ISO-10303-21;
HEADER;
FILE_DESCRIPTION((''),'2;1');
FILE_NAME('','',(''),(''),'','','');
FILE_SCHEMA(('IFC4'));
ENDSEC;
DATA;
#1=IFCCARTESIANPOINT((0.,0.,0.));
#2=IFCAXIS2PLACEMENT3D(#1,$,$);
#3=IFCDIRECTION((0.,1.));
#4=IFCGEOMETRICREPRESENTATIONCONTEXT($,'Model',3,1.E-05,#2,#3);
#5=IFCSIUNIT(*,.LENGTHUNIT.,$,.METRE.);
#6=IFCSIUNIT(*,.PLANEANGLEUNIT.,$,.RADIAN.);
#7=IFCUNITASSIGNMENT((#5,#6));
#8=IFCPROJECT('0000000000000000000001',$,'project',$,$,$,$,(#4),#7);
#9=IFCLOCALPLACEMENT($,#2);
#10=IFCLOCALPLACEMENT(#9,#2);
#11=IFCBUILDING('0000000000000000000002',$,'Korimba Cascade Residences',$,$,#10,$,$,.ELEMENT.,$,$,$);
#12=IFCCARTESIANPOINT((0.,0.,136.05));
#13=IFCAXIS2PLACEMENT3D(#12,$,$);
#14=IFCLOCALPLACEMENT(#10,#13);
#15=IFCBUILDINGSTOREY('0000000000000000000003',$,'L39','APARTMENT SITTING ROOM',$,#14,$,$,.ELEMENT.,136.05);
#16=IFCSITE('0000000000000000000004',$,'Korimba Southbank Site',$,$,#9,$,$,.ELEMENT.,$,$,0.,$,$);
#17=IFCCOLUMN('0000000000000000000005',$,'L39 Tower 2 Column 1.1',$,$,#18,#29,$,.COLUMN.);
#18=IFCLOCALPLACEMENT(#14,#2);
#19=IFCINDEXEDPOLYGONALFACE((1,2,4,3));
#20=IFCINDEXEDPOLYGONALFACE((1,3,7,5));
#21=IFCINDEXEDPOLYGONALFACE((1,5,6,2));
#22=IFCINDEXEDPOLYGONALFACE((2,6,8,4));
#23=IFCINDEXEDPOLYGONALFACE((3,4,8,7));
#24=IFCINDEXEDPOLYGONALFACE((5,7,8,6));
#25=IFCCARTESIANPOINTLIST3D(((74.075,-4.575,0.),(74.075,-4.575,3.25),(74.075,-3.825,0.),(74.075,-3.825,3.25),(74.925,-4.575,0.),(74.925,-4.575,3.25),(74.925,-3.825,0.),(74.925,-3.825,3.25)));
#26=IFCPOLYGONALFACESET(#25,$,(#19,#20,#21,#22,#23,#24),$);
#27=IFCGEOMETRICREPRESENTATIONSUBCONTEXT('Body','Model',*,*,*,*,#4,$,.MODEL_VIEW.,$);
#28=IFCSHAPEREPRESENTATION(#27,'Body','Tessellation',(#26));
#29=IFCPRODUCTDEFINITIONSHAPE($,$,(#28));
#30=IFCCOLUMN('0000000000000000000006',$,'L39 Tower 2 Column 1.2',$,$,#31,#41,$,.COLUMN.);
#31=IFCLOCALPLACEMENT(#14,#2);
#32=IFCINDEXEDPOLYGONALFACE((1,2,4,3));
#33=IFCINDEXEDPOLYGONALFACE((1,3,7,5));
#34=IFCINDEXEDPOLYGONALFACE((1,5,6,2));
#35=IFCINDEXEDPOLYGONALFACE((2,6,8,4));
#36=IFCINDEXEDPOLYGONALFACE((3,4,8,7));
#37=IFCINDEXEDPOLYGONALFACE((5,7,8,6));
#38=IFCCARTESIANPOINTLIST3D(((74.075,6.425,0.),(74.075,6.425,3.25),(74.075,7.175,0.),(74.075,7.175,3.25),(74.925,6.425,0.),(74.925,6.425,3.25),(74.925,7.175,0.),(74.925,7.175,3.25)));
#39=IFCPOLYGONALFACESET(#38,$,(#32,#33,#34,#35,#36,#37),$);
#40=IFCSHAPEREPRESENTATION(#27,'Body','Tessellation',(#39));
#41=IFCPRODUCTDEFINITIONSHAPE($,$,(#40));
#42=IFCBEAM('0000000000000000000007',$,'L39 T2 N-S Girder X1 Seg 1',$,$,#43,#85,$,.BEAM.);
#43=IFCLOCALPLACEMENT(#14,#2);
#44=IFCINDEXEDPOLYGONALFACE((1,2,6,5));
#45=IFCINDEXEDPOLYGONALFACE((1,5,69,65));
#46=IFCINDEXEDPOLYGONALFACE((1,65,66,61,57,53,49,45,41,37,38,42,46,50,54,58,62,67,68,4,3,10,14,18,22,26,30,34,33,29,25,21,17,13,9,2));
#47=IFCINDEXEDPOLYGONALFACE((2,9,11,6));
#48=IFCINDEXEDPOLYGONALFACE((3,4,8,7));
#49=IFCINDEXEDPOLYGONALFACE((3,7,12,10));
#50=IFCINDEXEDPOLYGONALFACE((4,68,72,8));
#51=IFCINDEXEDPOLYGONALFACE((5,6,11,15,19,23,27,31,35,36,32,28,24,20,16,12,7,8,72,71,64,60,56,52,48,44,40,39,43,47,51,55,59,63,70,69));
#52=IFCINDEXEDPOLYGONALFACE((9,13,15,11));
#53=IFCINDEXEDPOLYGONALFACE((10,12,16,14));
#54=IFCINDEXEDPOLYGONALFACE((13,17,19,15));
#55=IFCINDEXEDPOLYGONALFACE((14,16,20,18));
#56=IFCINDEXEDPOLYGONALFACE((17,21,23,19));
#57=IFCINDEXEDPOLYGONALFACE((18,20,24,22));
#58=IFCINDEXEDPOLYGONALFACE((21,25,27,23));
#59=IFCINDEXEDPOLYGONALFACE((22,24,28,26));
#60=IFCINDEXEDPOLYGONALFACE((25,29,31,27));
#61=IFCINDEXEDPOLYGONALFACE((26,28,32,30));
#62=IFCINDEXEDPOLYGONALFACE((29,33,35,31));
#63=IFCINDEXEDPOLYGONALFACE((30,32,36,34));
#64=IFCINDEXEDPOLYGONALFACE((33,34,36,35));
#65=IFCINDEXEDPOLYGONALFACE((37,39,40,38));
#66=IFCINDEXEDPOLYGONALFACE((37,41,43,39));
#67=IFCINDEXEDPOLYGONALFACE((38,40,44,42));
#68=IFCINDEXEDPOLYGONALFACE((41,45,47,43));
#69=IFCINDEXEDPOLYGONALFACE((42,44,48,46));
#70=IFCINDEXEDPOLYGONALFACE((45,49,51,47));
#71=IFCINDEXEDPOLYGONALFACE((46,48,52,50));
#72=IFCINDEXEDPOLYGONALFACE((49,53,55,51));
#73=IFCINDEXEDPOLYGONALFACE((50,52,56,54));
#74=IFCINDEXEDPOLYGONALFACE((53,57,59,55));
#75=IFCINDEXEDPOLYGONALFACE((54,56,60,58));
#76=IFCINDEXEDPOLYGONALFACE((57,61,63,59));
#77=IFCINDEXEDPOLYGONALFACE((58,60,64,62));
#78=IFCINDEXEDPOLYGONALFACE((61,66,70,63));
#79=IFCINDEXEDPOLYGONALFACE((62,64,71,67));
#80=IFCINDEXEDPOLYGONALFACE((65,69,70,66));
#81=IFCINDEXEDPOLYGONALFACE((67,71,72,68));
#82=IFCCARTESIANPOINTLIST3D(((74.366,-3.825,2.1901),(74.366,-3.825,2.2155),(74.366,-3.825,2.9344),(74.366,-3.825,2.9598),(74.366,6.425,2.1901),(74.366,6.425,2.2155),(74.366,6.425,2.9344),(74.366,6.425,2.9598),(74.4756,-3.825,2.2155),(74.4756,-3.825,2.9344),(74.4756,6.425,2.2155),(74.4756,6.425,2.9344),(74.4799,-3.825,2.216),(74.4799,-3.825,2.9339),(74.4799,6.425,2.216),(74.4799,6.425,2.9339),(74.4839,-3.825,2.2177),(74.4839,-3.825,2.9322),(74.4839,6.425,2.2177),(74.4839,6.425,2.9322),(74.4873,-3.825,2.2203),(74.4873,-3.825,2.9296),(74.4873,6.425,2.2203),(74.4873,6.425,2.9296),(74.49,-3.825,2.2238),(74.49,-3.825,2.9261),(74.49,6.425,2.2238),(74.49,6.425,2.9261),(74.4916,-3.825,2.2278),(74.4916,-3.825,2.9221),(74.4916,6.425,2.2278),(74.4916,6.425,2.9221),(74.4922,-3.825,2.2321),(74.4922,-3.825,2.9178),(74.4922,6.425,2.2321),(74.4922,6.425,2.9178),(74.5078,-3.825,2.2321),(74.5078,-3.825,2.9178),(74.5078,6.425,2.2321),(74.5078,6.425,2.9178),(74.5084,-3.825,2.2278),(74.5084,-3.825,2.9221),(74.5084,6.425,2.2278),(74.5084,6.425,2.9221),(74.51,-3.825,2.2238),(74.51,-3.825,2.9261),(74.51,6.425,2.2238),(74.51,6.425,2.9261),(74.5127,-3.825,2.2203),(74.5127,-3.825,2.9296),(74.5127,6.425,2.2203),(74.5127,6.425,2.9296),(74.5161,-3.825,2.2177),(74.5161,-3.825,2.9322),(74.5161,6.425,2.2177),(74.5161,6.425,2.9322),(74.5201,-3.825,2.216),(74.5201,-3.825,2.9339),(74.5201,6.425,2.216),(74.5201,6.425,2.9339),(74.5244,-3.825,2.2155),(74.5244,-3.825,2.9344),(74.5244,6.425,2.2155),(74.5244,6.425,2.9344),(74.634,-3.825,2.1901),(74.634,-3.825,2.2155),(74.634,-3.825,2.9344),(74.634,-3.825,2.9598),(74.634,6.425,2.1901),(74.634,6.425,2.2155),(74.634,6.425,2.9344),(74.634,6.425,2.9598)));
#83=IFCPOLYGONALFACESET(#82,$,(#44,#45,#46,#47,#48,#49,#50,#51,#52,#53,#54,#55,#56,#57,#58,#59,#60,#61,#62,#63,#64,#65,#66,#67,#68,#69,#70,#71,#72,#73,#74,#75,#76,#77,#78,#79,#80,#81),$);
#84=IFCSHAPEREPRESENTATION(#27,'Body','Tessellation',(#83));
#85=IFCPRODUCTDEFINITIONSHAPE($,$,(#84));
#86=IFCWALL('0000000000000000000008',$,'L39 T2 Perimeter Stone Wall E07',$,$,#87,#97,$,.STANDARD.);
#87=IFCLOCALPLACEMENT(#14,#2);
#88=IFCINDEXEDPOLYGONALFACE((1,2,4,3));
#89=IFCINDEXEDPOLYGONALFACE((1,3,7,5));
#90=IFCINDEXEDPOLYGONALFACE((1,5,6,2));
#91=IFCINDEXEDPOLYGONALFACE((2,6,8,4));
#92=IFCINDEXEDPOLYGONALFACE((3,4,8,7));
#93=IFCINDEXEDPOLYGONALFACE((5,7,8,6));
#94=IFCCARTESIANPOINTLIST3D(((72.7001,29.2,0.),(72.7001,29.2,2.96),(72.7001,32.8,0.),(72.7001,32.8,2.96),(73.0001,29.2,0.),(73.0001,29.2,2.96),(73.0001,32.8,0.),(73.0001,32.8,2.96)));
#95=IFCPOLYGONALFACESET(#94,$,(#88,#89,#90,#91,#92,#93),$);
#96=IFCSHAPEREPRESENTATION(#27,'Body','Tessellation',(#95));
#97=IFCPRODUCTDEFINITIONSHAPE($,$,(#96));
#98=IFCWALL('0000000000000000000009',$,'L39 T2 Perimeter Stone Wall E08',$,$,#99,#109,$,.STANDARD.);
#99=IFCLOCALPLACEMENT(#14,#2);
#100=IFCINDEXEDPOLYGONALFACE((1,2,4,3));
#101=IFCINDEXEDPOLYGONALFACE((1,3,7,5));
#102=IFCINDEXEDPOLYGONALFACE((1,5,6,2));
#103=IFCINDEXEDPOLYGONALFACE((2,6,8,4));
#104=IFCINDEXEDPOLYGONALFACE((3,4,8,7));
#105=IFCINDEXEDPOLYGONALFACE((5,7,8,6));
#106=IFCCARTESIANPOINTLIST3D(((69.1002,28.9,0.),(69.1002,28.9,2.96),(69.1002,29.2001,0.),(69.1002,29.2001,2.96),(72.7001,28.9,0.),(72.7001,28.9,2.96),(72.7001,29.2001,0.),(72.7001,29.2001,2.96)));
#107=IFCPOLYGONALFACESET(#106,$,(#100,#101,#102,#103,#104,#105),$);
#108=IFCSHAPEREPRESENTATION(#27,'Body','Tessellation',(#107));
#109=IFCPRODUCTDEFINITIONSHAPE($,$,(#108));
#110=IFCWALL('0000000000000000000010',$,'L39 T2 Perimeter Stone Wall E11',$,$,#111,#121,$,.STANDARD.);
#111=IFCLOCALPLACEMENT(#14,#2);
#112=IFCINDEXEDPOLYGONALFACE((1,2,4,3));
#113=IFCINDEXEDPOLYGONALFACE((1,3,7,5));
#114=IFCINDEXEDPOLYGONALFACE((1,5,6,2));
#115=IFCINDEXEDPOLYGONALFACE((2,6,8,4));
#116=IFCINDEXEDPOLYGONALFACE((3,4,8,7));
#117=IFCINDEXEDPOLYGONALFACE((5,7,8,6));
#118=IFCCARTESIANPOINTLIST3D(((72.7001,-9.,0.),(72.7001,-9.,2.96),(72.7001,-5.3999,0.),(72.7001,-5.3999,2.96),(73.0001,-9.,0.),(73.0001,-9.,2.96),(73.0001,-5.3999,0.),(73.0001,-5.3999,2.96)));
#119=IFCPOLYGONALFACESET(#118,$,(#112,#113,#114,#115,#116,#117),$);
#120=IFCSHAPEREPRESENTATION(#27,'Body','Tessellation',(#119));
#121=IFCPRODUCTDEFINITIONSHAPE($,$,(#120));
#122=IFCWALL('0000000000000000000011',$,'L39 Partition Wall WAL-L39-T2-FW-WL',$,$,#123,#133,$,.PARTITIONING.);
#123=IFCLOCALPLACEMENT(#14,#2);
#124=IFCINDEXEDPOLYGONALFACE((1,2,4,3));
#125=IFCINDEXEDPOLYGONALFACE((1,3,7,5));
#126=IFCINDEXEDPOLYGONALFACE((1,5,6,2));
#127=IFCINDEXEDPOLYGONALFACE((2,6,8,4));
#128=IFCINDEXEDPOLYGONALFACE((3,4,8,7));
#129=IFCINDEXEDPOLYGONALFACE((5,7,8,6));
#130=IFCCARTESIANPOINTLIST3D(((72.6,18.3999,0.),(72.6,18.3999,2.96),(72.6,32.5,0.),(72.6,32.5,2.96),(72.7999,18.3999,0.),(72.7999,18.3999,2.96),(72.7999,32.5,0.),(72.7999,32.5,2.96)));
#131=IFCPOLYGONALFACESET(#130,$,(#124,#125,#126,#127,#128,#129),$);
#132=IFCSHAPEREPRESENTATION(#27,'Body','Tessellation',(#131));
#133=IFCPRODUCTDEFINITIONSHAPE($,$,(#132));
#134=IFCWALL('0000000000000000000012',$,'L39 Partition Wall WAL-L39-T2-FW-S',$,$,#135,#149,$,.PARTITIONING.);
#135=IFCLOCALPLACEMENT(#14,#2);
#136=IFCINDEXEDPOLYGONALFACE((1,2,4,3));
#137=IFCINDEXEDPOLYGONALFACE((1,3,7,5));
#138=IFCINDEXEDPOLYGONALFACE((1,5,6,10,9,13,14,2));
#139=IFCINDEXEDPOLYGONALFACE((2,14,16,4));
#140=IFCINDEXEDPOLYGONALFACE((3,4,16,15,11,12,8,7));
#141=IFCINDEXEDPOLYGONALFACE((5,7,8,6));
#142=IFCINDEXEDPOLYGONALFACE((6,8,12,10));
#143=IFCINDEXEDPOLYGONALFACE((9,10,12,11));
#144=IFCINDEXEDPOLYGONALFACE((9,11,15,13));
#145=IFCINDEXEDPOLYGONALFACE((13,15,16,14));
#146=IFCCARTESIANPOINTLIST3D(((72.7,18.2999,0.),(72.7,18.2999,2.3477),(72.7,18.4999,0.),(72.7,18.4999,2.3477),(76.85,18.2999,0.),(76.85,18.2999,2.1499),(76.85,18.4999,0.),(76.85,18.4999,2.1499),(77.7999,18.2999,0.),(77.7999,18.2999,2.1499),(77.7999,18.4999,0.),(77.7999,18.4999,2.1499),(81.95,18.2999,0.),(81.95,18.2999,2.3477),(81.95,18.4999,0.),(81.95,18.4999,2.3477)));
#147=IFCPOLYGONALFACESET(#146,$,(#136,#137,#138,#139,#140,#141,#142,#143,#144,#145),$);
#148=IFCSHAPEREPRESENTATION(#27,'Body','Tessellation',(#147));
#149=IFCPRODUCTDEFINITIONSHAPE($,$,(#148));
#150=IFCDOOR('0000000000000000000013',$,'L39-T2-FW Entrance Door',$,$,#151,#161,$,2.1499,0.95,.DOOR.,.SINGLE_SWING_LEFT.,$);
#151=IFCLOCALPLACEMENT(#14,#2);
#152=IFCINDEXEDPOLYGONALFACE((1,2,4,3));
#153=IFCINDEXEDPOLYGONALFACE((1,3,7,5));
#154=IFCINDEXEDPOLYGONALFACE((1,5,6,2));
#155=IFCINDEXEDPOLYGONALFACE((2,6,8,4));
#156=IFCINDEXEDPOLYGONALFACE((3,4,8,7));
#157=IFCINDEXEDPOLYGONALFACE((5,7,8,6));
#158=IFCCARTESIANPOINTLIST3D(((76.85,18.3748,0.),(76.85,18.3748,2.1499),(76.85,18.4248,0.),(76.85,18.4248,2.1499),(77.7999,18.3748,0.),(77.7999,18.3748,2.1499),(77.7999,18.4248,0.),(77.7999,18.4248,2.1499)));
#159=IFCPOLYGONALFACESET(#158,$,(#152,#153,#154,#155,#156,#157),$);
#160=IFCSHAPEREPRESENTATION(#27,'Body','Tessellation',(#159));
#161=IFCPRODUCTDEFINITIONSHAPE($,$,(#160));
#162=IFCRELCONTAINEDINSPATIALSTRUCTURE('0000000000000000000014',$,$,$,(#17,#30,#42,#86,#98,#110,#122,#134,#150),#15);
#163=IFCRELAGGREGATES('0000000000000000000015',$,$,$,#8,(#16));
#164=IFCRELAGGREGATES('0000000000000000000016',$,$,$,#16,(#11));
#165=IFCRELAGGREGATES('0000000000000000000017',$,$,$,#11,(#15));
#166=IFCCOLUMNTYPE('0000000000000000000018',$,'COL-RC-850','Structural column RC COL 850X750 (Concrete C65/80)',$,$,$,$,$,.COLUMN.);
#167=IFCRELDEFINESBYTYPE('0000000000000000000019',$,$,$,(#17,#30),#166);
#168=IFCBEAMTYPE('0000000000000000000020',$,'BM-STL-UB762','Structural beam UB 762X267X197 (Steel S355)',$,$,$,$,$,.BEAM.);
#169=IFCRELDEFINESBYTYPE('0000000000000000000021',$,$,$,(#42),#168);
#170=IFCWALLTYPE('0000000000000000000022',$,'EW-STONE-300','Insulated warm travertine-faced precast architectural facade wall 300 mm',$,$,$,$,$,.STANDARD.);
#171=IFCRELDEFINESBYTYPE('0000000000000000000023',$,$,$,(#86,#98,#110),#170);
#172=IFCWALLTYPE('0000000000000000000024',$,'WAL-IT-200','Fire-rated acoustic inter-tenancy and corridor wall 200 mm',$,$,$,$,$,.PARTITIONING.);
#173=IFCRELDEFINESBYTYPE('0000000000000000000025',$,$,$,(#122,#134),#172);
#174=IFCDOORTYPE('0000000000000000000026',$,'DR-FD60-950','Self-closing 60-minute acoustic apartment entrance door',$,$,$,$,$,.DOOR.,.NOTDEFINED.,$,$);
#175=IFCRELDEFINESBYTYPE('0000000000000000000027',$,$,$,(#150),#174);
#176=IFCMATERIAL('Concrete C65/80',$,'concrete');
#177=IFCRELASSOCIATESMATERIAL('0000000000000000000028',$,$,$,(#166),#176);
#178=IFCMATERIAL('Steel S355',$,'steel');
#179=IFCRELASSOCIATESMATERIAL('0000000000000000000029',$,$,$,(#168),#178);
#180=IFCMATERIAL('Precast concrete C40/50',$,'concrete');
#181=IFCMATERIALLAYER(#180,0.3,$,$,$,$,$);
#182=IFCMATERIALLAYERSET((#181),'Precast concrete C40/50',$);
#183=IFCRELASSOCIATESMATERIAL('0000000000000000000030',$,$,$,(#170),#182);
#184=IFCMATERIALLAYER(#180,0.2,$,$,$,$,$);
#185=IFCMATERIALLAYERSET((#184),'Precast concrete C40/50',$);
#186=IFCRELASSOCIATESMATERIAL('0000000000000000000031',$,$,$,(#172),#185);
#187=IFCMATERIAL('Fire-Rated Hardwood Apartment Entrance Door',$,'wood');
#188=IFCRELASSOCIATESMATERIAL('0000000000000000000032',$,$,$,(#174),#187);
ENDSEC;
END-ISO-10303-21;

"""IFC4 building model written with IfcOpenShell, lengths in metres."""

from ifc_helpers import new_model, si_unit, direction, frame, frame_2d, origin, origin_2d, place, context, subcontext, project, spatial, rectangle, i_section, extrude, material, layer, layer_set, material_profile, profile_set, type_object, element, fill, save


model = new_model("IFC4")

# Units and contexts
model_context = context("Model", 3, precision=1e-05, world=origin(), true_north=direction((0.0, 1.0)))
body_context = subcontext(model_context, "Body", "Model", "MODEL_VIEW")
ifc_project = project(units=[si_unit("LENGTHUNIT", "METRE"), si_unit("PLANEANGLEUNIT", "RADIAN")], contexts=[model_context])

# Site, building, storey
site_placement = place(None, origin())
site = spatial("IfcSite", under=ifc_project, at=site_placement, Name="Korimba Southbank Site", CompositionType="ELEMENT", RefElevation=0.0)
building_placement = place(site_placement, origin())
building = spatial("IfcBuilding", under=site, at=building_placement, Name="Korimba Cascade Residences", CompositionType="ELEMENT")
storey_placement = place(building_placement, frame((0.0, 0.0, 136.05)))
storey = spatial("IfcBuildingStorey", under=building, at=storey_placement, Name="L39", Description="APARTMENT SITTING ROOM", CompositionType="ELEMENT", Elevation=136.05)

# Columns
ifc_material_1 = material(Name="Concrete C65/80", Category="concrete")
ifc_material_profile_1 = material_profile(ifc_material_1, rectangle(XDim=0.8501, YDim=0.75, at=origin_2d()), Name="Concrete C65/80")
ifc_profile_set_1 = profile_set([ifc_material_profile_1], Name="Concrete C65/80")
column_type = type_object("IfcColumnType", Name="COL-RC-850", Description="Structural column RC COL 850X750 (Concrete C65/80)", PredefinedType="COLUMN", material=ifc_profile_set_1)
for number, where, z_axis, x_axis, name in (
    (1, (74.5, -4.2, 0.0), (0.0, 0.0, 1.0), (1.0, 0.0, 0.0), "L39 Tower 2 Column 1.1"),
    (2, (74.5, 6.8, 0.0), (0.0, 0.0, 1.0), (1.0, 0.0, 0.0), "L39 Tower 2 Column 1.2"),
):
    element("IfcColumn", number, at=place(storey_placement, frame(where, z_axis=z_axis, x_axis=x_axis)), inside=storey, type_object=column_type, Name=name, PredefinedType="COLUMN", context=body_context, shape_type="SweptSolid", body=[
        extrude(rectangle(XDim=0.8501, YDim=0.75, at=origin_2d()), origin(), (0.0, 0.0, 1.0), 3.25),
    ])

# Beam
ifc_material_2 = material(Name="Steel S355", Category="steel")
ifc_material_profile_2 = material_profile(ifc_material_2, i_section(OverallWidth=0.2681, OverallDepth=0.7698, WebThickness=0.0156, FlangeThickness=0.0254, FilletRadius=0.0166, at=origin_2d()), Name="Steel S355")
ifc_profile_set_2 = profile_set([ifc_material_profile_2], Name="Steel S355")
beam_type = type_object("IfcBeamType", Name="BM-STL-UB762", Description="Structural beam UB 762X267X197 (Steel S355)", PredefinedType="BEAM", material=ifc_profile_set_2)
beam_placement = place(storey_placement, frame((74.5, -3.825, 2.575), z_axis=(0.0, 1.0, 0.0), x_axis=(-1.0, 0.0, 0.0)))
element("IfcBeam", 3, at=beam_placement, inside=storey, type_object=beam_type, Name="L39 T2 N-S Girder X1 Seg 1", PredefinedType="BEAM", context=body_context, shape_type="SweptSolid", body=[
    extrude(i_section(OverallWidth=0.2681, OverallDepth=0.7698, WebThickness=0.0156, FlangeThickness=0.0254, FilletRadius=0.0166, at=origin_2d()), origin(), (0.0, 0.0, 1.0), 10.25),
])

# Walls
ifc_material_3 = material(Name="Precast concrete C40/50", Category="concrete")
ifc_layer_1 = layer(ifc_material_3, 0.3)
ifc_layer_set_1 = layer_set([ifc_layer_1], Name="Precast concrete C40/50")
wall_type_1 = type_object("IfcWallType", Name="EW-STONE-300", Description="Insulated warm travertine-faced precast architectural facade wall 300 mm", PredefinedType="STANDARD", material=ifc_layer_set_1)
wall_1_placement = place(storey_placement, frame((72.8501, 32.8, 0.0), z_axis=(0.0, 0.0, 1.0), x_axis=(0.0, -1.0, 0.0)))
element("IfcWall", 4, at=wall_1_placement, inside=storey, type_object=wall_type_1, Name="L39 T2 Perimeter Stone Wall E07", PredefinedType="STANDARD", context=body_context, shape_type="SweptSolid", body=[
    extrude(rectangle(XDim=3.6001, YDim=0.3, at=frame_2d((1.8, 0.0))), origin(), (0.0, 0.0, 1.0), 2.96),
])
wall_2_placement = place(storey_placement, frame((72.7, 29.05, 0.0), z_axis=(0.0, 0.0, 1.0), x_axis=(-1.0, 0.0, 0.0)))
element("IfcWall", 5, at=wall_2_placement, inside=storey, type_object=wall_type_1, Name="L39 T2 Perimeter Stone Wall E08", PredefinedType="STANDARD", context=body_context, shape_type="SweptSolid", body=[
    extrude(rectangle(XDim=3.5999, YDim=0.3, at=frame_2d((1.7998, 0.0))), origin(), (0.0, 0.0, 1.0), 2.96),
])
wall_3_placement = place(storey_placement, frame((72.8501, -5.3999, 0.0), z_axis=(0.0, 0.0, 1.0), x_axis=(0.0, -1.0, 0.0)))
element("IfcWall", 6, at=wall_3_placement, inside=storey, type_object=wall_type_1, Name="L39 T2 Perimeter Stone Wall E11", PredefinedType="STANDARD", context=body_context, shape_type="SweptSolid", body=[
    extrude(rectangle(XDim=3.6001, YDim=0.3, at=frame_2d((1.8, 0.0))), origin(), (0.0, 0.0, 1.0), 2.96),
])
ifc_layer_2 = layer(ifc_material_3, 0.2)
ifc_layer_set_2 = layer_set([ifc_layer_2], Name="Precast concrete C40/50")
wall_type_2 = type_object("IfcWallType", Name="WAL-IT-200", Description="Fire-rated acoustic inter-tenancy and corridor wall 200 mm", PredefinedType="PARTITIONING", material=ifc_layer_set_2)
wall_4_placement = place(storey_placement, frame((72.7, 18.3999, 0.0), z_axis=(0.0, 0.0, 1.0), x_axis=(0.0, 1.0, 0.0)))
element("IfcWall", 7, at=wall_4_placement, inside=storey, type_object=wall_type_2, Name="L39 Partition Wall WAL-L39-T2-FW-WL", PredefinedType="PARTITIONING", context=body_context, shape_type="SweptSolid", body=[
    extrude(rectangle(XDim=14.1001, YDim=0.2, at=frame_2d((7.05, 0.0))), origin(), (0.0, 0.0, 1.0), 2.96),
])

# Wall, opening, door
wall_5_placement = place(storey_placement, frame((72.7, 18.3999, 0.0), z_axis=(0.0, 0.0, 1.0), x_axis=(1.0, 0.0, 0.0)))
wall_5 = element("IfcWall", 8, at=wall_5_placement, inside=storey, type_object=wall_type_2, Name="L39 Partition Wall WAL-L39-T2-FW-S", PredefinedType="PARTITIONING", context=body_context, shape_type="SweptSolid", body=[
    extrude(rectangle(XDim=9.25, YDim=0.2, at=frame_2d((4.625, 0.0))), origin(), (0.0, 0.0, 1.0), 2.3477),
])
opening_1_placement = place(wall_5_placement, frame((4.1499, 0.0, 0.0)))
opening_1 = element("IfcOpeningElement", 9, at=opening_1_placement, cuts=wall_5, PredefinedType="OPENING", context=body_context, shape_type="SweptSolid", body=[
    extrude(rectangle(XDim=0.95, YDim=2.1499, at=frame_2d((0.4751, 1.075))), frame((0.0, 0.1099, 0.0), z_axis=(0.0, -1.0, 0.0), x_axis=(1.0, 0.0, 0.0)), (0.0, 0.0, 1.0), 0.22),
])
ifc_material_4 = material(Name="Fire-Rated Hardwood Apartment Entrance Door", Category="wood")
door_type_1 = type_object("IfcDoorType", Name="DR-FD60-950", Description="Self-closing 60-minute acoustic apartment entrance door", OperationType="NOTDEFINED", PredefinedType="DOOR", material=ifc_material_4)
door_1_placement = place(opening_1_placement, origin())
door_1 = element("IfcDoor", 10, at=door_1_placement, inside=storey, type_object=door_type_1, Name="L39-T2-FW Entrance Door", OperationType="SINGLE_SWING_LEFT", OverallHeight=2.1499, OverallWidth=0.95, PredefinedType="DOOR", context=body_context, shape_type="SweptSolid", body=[
    extrude(rectangle(XDim=0.95, YDim=2.1499, at=frame_2d((0.4751, 1.075))), frame((0.0, 0.0249, 0.0), z_axis=(0.0, -1.0, 0.0), x_axis=(1.0, 0.0, 0.0)), (0.0, 0.0, 1.0), 0.05),
])
fill(opening_1, door_1)

save(model, "model.ifc")
